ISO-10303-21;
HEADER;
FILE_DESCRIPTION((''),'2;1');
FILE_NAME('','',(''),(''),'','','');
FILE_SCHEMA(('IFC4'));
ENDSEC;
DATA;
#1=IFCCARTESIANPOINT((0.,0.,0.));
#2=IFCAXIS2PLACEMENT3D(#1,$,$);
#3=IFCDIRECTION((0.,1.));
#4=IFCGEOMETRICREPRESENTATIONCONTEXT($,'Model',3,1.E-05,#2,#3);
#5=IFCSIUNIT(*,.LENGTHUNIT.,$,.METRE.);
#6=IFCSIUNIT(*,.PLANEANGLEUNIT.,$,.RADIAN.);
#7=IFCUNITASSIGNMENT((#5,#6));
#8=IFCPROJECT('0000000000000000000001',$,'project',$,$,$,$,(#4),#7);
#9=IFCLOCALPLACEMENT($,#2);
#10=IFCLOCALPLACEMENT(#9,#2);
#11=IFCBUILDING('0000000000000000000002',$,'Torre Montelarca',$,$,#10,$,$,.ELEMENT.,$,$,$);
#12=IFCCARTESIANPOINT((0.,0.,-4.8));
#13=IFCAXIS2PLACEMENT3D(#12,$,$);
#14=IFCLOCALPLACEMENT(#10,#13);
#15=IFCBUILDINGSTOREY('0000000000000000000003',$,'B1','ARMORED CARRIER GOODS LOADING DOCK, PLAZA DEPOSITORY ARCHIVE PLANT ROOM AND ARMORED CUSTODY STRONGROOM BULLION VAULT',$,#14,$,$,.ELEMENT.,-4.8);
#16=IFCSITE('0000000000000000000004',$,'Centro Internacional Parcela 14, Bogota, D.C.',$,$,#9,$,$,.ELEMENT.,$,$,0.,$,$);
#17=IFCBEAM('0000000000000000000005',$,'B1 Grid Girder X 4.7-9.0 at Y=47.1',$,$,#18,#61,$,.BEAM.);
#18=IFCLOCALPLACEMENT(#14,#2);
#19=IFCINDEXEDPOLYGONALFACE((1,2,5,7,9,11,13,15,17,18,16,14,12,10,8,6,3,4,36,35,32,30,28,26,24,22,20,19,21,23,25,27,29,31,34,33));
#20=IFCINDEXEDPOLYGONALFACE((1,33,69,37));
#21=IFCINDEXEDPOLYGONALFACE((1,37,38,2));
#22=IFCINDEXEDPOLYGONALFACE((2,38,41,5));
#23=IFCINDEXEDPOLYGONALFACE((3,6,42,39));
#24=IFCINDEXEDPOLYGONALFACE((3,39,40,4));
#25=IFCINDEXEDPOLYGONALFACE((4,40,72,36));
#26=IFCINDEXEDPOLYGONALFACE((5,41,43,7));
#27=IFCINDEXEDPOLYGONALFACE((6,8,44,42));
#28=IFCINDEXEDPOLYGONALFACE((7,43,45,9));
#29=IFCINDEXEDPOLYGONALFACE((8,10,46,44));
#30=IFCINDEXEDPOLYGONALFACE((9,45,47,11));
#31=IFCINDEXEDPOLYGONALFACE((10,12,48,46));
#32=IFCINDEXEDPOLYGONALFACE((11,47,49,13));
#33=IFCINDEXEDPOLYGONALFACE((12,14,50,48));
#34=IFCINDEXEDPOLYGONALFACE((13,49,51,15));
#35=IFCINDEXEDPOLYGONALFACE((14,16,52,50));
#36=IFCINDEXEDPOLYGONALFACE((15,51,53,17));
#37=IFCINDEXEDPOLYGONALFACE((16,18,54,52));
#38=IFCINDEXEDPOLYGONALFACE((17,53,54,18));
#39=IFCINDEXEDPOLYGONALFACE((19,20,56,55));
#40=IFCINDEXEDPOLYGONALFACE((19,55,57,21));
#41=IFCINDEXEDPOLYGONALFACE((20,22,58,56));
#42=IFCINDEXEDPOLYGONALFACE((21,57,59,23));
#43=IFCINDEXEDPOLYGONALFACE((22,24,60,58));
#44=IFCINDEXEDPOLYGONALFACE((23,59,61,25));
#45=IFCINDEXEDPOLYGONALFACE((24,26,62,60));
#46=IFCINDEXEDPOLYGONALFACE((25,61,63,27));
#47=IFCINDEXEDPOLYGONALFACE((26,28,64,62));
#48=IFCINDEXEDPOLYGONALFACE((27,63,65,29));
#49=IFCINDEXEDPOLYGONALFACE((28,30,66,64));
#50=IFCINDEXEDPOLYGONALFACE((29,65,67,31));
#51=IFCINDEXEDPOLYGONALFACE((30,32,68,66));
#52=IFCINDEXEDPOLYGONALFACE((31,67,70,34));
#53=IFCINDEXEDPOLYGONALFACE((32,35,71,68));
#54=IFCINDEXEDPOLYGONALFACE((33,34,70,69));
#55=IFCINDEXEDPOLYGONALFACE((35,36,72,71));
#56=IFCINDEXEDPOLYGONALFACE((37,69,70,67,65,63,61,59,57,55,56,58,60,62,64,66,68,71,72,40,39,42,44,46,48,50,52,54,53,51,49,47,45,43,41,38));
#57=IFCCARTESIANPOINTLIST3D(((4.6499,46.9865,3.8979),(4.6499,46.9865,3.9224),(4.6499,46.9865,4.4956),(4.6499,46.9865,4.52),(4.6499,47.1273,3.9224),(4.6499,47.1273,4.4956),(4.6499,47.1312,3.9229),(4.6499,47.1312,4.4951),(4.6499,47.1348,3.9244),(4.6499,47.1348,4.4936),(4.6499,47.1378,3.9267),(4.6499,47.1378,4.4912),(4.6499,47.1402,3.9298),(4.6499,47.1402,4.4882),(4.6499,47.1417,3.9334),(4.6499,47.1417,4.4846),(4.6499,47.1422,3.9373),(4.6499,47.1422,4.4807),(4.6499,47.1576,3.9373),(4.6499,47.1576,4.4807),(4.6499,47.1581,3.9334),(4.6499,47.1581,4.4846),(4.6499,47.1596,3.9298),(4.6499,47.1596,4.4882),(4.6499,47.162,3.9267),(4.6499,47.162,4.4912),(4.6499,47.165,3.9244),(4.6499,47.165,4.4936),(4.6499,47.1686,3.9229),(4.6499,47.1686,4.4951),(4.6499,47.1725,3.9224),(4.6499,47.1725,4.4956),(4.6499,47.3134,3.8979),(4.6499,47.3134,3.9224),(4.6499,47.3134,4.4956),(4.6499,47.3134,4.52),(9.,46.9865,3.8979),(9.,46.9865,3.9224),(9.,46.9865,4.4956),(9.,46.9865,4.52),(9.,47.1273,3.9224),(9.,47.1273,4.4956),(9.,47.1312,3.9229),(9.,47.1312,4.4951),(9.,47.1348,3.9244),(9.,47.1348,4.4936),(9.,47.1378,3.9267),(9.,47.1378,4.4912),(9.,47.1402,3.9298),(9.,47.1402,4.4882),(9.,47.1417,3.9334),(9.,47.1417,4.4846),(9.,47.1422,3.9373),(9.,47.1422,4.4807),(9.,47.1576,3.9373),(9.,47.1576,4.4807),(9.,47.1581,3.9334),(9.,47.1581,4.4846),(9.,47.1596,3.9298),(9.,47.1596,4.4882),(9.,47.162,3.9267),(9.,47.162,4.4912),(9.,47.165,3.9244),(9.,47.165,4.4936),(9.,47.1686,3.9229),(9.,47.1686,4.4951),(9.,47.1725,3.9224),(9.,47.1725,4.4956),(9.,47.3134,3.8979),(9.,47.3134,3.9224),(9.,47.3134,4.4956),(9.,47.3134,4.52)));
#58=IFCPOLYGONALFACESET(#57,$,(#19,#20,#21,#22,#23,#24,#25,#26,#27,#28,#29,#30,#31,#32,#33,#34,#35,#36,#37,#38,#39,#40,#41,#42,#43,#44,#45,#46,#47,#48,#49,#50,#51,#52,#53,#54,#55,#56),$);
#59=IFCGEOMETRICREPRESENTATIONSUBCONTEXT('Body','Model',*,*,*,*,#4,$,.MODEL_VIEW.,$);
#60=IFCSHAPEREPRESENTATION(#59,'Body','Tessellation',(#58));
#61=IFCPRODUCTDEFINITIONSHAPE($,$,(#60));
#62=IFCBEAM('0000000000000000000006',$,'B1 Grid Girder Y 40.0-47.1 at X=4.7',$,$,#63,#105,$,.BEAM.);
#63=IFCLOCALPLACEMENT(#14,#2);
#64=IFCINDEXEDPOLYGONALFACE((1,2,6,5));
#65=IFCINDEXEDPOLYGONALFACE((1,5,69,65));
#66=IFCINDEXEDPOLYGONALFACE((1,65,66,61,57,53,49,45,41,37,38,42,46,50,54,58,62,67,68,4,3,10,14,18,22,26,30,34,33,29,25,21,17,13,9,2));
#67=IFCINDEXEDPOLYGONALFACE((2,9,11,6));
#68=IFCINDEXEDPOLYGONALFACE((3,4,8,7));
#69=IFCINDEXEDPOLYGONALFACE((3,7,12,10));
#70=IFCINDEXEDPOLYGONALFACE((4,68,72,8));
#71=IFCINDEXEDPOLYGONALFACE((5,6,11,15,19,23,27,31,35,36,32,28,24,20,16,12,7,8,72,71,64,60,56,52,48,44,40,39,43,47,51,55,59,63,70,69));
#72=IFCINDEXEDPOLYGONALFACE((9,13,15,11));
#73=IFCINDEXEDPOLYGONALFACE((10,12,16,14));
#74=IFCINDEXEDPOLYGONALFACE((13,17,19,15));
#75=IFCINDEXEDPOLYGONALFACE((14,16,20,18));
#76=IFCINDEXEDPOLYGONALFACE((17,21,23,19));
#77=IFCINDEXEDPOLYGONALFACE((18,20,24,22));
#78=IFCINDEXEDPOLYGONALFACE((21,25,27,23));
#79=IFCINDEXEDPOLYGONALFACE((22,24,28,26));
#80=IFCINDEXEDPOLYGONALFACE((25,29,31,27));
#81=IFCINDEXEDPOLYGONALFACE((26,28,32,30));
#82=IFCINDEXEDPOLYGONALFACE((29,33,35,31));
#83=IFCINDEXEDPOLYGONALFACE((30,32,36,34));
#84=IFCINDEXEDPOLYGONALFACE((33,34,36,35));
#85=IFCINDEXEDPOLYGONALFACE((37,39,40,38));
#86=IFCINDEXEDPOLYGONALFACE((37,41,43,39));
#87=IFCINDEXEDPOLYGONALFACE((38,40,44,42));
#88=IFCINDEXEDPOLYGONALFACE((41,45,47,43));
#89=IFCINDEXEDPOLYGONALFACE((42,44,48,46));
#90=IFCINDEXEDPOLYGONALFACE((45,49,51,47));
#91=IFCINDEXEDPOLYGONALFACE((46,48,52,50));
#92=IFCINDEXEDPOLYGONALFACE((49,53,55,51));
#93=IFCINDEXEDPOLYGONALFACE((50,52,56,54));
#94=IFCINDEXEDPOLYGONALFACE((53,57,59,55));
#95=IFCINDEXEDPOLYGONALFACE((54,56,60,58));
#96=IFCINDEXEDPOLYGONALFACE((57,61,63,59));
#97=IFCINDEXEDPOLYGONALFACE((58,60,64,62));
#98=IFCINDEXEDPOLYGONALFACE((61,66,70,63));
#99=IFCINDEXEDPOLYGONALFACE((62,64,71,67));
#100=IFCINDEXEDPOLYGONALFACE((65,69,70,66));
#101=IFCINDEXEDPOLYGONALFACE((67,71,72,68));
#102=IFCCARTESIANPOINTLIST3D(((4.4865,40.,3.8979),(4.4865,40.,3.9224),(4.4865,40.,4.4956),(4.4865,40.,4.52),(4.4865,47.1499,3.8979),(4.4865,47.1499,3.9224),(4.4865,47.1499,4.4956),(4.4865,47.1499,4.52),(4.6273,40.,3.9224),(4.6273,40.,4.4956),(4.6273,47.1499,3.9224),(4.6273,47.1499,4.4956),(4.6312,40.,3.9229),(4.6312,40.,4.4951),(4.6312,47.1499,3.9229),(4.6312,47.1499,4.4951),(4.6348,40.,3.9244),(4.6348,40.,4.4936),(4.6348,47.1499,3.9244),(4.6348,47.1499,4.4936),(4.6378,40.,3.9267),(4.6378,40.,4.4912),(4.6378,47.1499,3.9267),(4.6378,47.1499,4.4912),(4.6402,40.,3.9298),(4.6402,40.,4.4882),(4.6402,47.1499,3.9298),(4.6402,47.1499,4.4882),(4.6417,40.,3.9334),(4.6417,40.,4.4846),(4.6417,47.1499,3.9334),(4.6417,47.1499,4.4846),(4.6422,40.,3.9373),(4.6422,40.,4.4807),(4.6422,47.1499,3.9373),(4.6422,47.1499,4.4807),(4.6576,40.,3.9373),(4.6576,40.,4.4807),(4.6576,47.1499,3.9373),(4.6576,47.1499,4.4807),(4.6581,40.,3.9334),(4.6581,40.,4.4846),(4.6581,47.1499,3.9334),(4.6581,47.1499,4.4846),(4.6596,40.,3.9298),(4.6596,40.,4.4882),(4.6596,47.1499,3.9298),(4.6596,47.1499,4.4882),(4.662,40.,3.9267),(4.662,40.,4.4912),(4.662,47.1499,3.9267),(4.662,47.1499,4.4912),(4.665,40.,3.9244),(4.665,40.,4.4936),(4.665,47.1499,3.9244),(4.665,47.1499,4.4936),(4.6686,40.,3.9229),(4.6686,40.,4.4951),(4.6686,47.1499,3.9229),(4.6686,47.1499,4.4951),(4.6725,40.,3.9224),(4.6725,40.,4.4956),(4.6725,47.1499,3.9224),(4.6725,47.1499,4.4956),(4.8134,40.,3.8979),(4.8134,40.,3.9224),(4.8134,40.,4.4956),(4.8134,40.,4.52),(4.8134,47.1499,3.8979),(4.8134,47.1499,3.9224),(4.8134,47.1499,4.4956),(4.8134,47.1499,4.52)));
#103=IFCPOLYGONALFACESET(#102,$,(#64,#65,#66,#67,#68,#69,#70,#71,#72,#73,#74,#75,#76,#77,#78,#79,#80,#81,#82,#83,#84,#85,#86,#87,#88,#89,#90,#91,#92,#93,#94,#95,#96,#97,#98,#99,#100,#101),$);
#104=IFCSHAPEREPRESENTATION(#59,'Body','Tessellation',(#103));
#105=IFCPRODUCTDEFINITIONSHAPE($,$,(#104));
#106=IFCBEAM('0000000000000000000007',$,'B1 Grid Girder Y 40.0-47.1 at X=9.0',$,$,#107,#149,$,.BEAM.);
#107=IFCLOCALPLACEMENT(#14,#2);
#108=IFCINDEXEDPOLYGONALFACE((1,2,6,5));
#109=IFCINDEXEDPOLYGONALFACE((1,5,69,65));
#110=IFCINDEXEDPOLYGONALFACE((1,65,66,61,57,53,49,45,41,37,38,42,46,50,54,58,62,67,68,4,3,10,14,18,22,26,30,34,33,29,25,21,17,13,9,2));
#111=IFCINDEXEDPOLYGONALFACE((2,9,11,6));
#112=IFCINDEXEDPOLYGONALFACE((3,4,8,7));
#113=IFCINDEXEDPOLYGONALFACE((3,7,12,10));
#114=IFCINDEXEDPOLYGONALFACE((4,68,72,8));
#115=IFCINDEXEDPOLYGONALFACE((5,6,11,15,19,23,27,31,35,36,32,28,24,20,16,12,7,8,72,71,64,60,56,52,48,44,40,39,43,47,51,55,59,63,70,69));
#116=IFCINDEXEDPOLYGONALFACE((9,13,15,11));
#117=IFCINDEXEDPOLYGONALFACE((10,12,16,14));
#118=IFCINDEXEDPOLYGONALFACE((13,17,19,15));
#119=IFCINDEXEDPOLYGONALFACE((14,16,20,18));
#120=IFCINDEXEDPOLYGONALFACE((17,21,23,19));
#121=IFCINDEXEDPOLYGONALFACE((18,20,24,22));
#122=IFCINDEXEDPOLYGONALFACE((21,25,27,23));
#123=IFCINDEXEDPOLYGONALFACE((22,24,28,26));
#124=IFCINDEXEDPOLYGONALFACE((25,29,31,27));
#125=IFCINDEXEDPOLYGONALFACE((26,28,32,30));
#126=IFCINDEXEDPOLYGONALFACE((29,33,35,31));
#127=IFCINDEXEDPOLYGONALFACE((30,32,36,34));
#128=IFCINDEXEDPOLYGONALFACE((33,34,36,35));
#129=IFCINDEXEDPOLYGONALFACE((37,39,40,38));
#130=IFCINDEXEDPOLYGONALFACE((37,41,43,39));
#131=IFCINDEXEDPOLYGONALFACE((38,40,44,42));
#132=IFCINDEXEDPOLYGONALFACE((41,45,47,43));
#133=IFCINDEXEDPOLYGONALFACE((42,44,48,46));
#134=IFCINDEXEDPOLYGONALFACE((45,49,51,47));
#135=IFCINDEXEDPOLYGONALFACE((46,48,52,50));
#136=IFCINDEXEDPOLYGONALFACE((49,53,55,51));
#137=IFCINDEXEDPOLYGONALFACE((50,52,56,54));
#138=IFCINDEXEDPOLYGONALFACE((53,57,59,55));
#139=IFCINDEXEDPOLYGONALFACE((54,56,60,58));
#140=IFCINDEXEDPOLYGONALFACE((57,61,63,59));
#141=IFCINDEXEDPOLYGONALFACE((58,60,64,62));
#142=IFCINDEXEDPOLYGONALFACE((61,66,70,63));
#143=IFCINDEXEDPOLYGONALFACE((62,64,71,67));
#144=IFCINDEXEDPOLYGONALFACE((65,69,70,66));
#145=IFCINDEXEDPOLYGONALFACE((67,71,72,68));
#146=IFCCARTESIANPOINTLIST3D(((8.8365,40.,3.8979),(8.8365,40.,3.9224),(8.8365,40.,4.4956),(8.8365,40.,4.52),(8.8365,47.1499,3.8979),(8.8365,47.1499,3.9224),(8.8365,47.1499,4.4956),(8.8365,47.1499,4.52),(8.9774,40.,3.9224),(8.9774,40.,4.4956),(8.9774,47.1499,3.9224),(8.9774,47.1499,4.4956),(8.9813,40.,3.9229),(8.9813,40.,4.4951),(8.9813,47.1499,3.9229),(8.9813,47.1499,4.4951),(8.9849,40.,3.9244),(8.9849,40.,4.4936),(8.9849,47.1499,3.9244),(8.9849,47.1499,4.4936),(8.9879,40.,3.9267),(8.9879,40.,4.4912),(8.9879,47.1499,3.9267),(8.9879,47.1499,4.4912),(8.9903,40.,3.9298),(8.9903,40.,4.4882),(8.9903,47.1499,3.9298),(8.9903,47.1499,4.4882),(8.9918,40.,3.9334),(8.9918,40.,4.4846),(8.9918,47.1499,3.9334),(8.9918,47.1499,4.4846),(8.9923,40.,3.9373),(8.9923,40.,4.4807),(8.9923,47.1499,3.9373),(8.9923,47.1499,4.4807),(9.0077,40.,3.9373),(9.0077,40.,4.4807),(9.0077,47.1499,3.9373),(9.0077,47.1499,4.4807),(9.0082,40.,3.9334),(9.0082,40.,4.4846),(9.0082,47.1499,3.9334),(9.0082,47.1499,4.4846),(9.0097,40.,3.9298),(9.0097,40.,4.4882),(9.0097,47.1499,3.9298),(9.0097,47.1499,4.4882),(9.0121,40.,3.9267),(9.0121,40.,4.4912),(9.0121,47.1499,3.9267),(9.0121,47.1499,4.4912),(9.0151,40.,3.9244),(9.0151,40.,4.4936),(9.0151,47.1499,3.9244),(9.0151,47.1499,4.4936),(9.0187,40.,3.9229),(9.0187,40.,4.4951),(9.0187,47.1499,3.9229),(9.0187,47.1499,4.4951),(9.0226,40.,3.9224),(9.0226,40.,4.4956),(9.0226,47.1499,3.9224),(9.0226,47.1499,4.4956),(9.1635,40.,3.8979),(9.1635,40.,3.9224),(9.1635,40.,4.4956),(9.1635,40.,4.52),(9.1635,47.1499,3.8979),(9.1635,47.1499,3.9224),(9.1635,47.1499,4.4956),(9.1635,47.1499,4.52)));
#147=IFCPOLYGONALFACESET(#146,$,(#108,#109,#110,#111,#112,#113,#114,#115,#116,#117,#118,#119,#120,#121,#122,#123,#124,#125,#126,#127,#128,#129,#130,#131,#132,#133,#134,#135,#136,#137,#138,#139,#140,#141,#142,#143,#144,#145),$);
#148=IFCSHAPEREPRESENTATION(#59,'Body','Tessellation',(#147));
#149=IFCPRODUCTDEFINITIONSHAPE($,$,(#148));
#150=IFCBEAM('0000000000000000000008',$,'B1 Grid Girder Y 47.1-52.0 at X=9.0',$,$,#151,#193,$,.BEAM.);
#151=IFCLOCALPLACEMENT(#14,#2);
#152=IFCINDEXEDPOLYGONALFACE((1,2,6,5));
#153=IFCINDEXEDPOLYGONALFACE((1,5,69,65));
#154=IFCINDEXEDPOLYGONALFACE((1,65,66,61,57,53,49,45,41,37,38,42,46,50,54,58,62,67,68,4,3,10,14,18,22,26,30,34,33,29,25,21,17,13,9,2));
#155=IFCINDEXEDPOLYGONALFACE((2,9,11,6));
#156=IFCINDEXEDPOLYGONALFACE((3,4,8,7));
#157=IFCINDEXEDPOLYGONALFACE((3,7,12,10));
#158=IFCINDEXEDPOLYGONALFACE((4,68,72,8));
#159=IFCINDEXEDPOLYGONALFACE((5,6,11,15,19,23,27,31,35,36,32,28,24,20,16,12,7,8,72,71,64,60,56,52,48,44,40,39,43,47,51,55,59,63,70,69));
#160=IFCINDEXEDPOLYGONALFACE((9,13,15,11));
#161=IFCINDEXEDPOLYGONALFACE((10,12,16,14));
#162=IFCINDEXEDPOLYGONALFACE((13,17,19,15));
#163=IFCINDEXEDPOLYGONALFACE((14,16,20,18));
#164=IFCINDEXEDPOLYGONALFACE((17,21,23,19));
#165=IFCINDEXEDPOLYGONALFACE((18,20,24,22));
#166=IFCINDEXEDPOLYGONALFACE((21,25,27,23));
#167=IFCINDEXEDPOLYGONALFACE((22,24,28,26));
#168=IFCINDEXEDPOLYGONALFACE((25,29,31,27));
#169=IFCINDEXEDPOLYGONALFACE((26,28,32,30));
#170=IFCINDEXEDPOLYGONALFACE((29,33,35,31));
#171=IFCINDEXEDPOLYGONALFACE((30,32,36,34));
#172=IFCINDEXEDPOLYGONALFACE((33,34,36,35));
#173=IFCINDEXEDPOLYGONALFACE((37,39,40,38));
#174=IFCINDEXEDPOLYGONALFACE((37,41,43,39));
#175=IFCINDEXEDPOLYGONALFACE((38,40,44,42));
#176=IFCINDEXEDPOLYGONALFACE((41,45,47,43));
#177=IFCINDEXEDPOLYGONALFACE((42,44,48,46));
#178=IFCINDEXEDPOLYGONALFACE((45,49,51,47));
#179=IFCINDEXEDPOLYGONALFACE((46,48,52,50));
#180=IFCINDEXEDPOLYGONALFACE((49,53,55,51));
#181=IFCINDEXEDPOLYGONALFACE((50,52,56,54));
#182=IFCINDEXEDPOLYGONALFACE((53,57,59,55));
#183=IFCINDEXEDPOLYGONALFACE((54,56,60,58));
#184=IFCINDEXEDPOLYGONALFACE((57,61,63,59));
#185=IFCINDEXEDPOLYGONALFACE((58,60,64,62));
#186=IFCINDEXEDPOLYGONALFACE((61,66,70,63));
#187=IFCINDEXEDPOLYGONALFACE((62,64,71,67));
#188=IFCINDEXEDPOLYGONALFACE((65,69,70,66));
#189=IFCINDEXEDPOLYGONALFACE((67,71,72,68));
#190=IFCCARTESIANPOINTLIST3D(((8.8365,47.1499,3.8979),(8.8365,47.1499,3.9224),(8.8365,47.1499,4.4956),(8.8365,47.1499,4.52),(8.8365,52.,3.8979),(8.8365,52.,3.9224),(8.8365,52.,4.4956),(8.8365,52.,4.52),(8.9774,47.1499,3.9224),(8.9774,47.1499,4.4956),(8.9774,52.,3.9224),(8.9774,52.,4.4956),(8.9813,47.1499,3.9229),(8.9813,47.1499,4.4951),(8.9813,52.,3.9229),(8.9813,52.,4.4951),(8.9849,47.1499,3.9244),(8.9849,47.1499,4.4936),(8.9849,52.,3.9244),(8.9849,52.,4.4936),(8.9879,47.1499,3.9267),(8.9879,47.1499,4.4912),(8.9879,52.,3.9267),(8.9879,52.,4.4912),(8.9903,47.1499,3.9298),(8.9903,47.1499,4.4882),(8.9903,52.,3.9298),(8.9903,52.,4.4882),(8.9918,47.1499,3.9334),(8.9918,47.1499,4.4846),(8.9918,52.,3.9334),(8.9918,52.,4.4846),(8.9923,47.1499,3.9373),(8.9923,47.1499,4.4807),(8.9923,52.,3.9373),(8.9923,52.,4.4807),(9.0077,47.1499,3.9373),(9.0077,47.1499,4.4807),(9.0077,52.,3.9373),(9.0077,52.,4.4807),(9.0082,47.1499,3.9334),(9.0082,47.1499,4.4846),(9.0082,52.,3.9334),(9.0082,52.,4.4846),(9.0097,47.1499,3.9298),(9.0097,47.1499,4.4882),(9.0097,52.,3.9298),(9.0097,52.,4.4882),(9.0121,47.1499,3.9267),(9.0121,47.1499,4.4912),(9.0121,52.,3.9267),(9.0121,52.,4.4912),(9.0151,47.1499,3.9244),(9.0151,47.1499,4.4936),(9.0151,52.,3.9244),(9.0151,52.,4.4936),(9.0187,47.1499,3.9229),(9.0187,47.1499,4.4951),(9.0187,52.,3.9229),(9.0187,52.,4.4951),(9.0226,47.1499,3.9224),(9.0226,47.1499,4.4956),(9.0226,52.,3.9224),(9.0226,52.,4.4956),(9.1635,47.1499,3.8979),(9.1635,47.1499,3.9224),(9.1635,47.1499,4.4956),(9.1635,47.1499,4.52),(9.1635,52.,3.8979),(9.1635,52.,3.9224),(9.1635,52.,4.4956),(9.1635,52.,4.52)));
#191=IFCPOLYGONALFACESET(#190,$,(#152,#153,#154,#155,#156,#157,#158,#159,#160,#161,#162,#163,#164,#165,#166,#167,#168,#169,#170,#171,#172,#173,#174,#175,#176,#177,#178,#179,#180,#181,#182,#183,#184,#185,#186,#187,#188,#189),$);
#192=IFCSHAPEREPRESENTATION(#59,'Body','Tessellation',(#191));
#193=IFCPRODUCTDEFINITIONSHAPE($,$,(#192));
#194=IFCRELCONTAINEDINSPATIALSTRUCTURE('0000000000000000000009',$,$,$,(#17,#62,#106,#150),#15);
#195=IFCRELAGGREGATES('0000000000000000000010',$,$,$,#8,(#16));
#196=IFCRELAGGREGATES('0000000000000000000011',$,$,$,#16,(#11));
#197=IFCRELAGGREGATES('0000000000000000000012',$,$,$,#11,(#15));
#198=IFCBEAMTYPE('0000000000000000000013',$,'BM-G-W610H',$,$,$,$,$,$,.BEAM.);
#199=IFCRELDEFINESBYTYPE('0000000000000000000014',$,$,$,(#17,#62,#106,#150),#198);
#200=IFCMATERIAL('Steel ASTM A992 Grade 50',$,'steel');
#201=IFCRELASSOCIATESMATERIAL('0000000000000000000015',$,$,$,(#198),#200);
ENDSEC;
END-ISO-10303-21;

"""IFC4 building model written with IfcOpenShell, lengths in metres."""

from ifc_helpers import new_model, si_unit, direction, frame, origin, origin_2d, place, context, subcontext, project, spatial, i_section, extrude, source, transform, mapped, material, material_profile, profile_set, type_object, element, save


model = new_model("IFC4")

# Units and contexts
model_context = context("Model", 3, precision=1e-05, world=origin(), true_north=direction((0.0, 1.0)))
body_context = subcontext(model_context, "Body", "Model", "MODEL_VIEW")
ifc_project = project(units=[si_unit("LENGTHUNIT", "METRE"), si_unit("PLANEANGLEUNIT", "RADIAN")], contexts=[model_context])

# Site, building, storey
site_placement = place(None, origin())
site = spatial("IfcSite", under=ifc_project, at=site_placement, Name="Centro Internacional Parcela 14, Bogota, D.C.", CompositionType="ELEMENT", RefElevation=0.0)
building_placement = place(site_placement, origin())
building = spatial("IfcBuilding", under=site, at=building_placement, Name="Torre Montelarca", CompositionType="ELEMENT")
storey_placement = place(building_placement, frame((0.0, 0.0, -4.8)))
storey = spatial("IfcBuildingStorey", under=building, at=storey_placement, Name="B1", Description="ARMORED CARRIER GOODS LOADING DOCK, PLAZA DEPOSITORY ARCHIVE PLANT ROOM AND ARMORED CUSTODY STRONGROOM BULLION VAULT", CompositionType="ELEMENT", Elevation=-4.8)

# Beams
ifc_material_1 = material(Name="Steel ASTM A992 Grade 50", Category="steel")
ifc_material_profile_1 = material_profile(ifc_material_1, i_section(OverallWidth=0.3269, OverallDepth=0.6221, WebThickness=0.0154, FlangeThickness=0.0244, FilletRadius=0.0149, at=origin_2d()), Name="W610X195", Category="steel")
ifc_profile_set_1 = profile_set([ifc_material_profile_1], Name="Steel ASTM A992 Grade 50")
beam_type_1 = type_object("IfcBeamType", Name="BM-G-W610H", PredefinedType="BEAM", material=ifc_profile_set_1)
shared_shape_1 = source(origin(), body_context, "Body", "SweptSolid", [
    extrude(i_section(OverallWidth=0.3269, OverallDepth=0.6221, WebThickness=0.0154, FlangeThickness=0.0244, FilletRadius=0.0149, at=origin_2d()), origin(), (0.0, 0.0, 1.0), 4.3501),
])
for number, where, z_axis, x_axis, name in (
    (1, (4.6499, 47.1499, 4.209), (1.0, 0.0, 0.0), (0.0, 1.0, 0.0), "B1 Grid Girder X 4.7-9.0 at Y=47.1"),
):
    element("IfcBeam", number, at=place(storey_placement, frame(where, z_axis=z_axis, x_axis=x_axis)), inside=storey, type_object=beam_type_1, Name=name, PredefinedType="BEAM", context=body_context, shape_type="MappedRepresentation", body=[
        mapped(shared_shape_1, transform((0.0, 0.0, 0.0), scale=1.0)),
    ])
shared_shape_2 = source(origin(), body_context, "Body", "SweptSolid", [
    extrude(i_section(OverallWidth=0.3269, OverallDepth=0.6221, WebThickness=0.0154, FlangeThickness=0.0244, FilletRadius=0.0149, at=origin_2d()), origin(), (0.0, 0.0, 1.0), 7.1499),
])
for number, where, z_axis, x_axis, name in (
    (2, (4.6499, 40.0, 4.209), (0.0, 1.0, 0.0), (-1.0, 0.0, 0.0), "B1 Grid Girder Y 40.0-47.1 at X=4.7"),
    (3, (9.0, 40.0, 4.209), (0.0, 1.0, 0.0), (-1.0, 0.0, 0.0), "B1 Grid Girder Y 40.0-47.1 at X=9.0"),
):
    element("IfcBeam", number, at=place(storey_placement, frame(where, z_axis=z_axis, x_axis=x_axis)), inside=storey, type_object=beam_type_1, Name=name, PredefinedType="BEAM", context=body_context, shape_type="MappedRepresentation", body=[
        mapped(shared_shape_2, transform((0.0, 0.0, 0.0), scale=1.0)),
    ])
shared_shape_3 = source(origin(), body_context, "Body", "SweptSolid", [
    extrude(i_section(OverallWidth=0.3269, OverallDepth=0.6221, WebThickness=0.0154, FlangeThickness=0.0244, FilletRadius=0.0149, at=origin_2d()), origin(), (0.0, 0.0, 1.0), 4.8501),
])
beam_1_placement = place(storey_placement, frame((9.0, 47.1499, 4.209), z_axis=(0.0, 1.0, 0.0), x_axis=(-1.0, 0.0, 0.0)))
element("IfcBeam", 4, at=beam_1_placement, inside=storey, type_object=beam_type_1, Name="B1 Grid Girder Y 47.1-52.0 at X=9.0", PredefinedType="BEAM", context=body_context, shape_type="MappedRepresentation", body=[
    mapped(shared_shape_3, transform((0.0, 0.0, 0.0), scale=1.0)),
])

save(model, "model.ifc")
